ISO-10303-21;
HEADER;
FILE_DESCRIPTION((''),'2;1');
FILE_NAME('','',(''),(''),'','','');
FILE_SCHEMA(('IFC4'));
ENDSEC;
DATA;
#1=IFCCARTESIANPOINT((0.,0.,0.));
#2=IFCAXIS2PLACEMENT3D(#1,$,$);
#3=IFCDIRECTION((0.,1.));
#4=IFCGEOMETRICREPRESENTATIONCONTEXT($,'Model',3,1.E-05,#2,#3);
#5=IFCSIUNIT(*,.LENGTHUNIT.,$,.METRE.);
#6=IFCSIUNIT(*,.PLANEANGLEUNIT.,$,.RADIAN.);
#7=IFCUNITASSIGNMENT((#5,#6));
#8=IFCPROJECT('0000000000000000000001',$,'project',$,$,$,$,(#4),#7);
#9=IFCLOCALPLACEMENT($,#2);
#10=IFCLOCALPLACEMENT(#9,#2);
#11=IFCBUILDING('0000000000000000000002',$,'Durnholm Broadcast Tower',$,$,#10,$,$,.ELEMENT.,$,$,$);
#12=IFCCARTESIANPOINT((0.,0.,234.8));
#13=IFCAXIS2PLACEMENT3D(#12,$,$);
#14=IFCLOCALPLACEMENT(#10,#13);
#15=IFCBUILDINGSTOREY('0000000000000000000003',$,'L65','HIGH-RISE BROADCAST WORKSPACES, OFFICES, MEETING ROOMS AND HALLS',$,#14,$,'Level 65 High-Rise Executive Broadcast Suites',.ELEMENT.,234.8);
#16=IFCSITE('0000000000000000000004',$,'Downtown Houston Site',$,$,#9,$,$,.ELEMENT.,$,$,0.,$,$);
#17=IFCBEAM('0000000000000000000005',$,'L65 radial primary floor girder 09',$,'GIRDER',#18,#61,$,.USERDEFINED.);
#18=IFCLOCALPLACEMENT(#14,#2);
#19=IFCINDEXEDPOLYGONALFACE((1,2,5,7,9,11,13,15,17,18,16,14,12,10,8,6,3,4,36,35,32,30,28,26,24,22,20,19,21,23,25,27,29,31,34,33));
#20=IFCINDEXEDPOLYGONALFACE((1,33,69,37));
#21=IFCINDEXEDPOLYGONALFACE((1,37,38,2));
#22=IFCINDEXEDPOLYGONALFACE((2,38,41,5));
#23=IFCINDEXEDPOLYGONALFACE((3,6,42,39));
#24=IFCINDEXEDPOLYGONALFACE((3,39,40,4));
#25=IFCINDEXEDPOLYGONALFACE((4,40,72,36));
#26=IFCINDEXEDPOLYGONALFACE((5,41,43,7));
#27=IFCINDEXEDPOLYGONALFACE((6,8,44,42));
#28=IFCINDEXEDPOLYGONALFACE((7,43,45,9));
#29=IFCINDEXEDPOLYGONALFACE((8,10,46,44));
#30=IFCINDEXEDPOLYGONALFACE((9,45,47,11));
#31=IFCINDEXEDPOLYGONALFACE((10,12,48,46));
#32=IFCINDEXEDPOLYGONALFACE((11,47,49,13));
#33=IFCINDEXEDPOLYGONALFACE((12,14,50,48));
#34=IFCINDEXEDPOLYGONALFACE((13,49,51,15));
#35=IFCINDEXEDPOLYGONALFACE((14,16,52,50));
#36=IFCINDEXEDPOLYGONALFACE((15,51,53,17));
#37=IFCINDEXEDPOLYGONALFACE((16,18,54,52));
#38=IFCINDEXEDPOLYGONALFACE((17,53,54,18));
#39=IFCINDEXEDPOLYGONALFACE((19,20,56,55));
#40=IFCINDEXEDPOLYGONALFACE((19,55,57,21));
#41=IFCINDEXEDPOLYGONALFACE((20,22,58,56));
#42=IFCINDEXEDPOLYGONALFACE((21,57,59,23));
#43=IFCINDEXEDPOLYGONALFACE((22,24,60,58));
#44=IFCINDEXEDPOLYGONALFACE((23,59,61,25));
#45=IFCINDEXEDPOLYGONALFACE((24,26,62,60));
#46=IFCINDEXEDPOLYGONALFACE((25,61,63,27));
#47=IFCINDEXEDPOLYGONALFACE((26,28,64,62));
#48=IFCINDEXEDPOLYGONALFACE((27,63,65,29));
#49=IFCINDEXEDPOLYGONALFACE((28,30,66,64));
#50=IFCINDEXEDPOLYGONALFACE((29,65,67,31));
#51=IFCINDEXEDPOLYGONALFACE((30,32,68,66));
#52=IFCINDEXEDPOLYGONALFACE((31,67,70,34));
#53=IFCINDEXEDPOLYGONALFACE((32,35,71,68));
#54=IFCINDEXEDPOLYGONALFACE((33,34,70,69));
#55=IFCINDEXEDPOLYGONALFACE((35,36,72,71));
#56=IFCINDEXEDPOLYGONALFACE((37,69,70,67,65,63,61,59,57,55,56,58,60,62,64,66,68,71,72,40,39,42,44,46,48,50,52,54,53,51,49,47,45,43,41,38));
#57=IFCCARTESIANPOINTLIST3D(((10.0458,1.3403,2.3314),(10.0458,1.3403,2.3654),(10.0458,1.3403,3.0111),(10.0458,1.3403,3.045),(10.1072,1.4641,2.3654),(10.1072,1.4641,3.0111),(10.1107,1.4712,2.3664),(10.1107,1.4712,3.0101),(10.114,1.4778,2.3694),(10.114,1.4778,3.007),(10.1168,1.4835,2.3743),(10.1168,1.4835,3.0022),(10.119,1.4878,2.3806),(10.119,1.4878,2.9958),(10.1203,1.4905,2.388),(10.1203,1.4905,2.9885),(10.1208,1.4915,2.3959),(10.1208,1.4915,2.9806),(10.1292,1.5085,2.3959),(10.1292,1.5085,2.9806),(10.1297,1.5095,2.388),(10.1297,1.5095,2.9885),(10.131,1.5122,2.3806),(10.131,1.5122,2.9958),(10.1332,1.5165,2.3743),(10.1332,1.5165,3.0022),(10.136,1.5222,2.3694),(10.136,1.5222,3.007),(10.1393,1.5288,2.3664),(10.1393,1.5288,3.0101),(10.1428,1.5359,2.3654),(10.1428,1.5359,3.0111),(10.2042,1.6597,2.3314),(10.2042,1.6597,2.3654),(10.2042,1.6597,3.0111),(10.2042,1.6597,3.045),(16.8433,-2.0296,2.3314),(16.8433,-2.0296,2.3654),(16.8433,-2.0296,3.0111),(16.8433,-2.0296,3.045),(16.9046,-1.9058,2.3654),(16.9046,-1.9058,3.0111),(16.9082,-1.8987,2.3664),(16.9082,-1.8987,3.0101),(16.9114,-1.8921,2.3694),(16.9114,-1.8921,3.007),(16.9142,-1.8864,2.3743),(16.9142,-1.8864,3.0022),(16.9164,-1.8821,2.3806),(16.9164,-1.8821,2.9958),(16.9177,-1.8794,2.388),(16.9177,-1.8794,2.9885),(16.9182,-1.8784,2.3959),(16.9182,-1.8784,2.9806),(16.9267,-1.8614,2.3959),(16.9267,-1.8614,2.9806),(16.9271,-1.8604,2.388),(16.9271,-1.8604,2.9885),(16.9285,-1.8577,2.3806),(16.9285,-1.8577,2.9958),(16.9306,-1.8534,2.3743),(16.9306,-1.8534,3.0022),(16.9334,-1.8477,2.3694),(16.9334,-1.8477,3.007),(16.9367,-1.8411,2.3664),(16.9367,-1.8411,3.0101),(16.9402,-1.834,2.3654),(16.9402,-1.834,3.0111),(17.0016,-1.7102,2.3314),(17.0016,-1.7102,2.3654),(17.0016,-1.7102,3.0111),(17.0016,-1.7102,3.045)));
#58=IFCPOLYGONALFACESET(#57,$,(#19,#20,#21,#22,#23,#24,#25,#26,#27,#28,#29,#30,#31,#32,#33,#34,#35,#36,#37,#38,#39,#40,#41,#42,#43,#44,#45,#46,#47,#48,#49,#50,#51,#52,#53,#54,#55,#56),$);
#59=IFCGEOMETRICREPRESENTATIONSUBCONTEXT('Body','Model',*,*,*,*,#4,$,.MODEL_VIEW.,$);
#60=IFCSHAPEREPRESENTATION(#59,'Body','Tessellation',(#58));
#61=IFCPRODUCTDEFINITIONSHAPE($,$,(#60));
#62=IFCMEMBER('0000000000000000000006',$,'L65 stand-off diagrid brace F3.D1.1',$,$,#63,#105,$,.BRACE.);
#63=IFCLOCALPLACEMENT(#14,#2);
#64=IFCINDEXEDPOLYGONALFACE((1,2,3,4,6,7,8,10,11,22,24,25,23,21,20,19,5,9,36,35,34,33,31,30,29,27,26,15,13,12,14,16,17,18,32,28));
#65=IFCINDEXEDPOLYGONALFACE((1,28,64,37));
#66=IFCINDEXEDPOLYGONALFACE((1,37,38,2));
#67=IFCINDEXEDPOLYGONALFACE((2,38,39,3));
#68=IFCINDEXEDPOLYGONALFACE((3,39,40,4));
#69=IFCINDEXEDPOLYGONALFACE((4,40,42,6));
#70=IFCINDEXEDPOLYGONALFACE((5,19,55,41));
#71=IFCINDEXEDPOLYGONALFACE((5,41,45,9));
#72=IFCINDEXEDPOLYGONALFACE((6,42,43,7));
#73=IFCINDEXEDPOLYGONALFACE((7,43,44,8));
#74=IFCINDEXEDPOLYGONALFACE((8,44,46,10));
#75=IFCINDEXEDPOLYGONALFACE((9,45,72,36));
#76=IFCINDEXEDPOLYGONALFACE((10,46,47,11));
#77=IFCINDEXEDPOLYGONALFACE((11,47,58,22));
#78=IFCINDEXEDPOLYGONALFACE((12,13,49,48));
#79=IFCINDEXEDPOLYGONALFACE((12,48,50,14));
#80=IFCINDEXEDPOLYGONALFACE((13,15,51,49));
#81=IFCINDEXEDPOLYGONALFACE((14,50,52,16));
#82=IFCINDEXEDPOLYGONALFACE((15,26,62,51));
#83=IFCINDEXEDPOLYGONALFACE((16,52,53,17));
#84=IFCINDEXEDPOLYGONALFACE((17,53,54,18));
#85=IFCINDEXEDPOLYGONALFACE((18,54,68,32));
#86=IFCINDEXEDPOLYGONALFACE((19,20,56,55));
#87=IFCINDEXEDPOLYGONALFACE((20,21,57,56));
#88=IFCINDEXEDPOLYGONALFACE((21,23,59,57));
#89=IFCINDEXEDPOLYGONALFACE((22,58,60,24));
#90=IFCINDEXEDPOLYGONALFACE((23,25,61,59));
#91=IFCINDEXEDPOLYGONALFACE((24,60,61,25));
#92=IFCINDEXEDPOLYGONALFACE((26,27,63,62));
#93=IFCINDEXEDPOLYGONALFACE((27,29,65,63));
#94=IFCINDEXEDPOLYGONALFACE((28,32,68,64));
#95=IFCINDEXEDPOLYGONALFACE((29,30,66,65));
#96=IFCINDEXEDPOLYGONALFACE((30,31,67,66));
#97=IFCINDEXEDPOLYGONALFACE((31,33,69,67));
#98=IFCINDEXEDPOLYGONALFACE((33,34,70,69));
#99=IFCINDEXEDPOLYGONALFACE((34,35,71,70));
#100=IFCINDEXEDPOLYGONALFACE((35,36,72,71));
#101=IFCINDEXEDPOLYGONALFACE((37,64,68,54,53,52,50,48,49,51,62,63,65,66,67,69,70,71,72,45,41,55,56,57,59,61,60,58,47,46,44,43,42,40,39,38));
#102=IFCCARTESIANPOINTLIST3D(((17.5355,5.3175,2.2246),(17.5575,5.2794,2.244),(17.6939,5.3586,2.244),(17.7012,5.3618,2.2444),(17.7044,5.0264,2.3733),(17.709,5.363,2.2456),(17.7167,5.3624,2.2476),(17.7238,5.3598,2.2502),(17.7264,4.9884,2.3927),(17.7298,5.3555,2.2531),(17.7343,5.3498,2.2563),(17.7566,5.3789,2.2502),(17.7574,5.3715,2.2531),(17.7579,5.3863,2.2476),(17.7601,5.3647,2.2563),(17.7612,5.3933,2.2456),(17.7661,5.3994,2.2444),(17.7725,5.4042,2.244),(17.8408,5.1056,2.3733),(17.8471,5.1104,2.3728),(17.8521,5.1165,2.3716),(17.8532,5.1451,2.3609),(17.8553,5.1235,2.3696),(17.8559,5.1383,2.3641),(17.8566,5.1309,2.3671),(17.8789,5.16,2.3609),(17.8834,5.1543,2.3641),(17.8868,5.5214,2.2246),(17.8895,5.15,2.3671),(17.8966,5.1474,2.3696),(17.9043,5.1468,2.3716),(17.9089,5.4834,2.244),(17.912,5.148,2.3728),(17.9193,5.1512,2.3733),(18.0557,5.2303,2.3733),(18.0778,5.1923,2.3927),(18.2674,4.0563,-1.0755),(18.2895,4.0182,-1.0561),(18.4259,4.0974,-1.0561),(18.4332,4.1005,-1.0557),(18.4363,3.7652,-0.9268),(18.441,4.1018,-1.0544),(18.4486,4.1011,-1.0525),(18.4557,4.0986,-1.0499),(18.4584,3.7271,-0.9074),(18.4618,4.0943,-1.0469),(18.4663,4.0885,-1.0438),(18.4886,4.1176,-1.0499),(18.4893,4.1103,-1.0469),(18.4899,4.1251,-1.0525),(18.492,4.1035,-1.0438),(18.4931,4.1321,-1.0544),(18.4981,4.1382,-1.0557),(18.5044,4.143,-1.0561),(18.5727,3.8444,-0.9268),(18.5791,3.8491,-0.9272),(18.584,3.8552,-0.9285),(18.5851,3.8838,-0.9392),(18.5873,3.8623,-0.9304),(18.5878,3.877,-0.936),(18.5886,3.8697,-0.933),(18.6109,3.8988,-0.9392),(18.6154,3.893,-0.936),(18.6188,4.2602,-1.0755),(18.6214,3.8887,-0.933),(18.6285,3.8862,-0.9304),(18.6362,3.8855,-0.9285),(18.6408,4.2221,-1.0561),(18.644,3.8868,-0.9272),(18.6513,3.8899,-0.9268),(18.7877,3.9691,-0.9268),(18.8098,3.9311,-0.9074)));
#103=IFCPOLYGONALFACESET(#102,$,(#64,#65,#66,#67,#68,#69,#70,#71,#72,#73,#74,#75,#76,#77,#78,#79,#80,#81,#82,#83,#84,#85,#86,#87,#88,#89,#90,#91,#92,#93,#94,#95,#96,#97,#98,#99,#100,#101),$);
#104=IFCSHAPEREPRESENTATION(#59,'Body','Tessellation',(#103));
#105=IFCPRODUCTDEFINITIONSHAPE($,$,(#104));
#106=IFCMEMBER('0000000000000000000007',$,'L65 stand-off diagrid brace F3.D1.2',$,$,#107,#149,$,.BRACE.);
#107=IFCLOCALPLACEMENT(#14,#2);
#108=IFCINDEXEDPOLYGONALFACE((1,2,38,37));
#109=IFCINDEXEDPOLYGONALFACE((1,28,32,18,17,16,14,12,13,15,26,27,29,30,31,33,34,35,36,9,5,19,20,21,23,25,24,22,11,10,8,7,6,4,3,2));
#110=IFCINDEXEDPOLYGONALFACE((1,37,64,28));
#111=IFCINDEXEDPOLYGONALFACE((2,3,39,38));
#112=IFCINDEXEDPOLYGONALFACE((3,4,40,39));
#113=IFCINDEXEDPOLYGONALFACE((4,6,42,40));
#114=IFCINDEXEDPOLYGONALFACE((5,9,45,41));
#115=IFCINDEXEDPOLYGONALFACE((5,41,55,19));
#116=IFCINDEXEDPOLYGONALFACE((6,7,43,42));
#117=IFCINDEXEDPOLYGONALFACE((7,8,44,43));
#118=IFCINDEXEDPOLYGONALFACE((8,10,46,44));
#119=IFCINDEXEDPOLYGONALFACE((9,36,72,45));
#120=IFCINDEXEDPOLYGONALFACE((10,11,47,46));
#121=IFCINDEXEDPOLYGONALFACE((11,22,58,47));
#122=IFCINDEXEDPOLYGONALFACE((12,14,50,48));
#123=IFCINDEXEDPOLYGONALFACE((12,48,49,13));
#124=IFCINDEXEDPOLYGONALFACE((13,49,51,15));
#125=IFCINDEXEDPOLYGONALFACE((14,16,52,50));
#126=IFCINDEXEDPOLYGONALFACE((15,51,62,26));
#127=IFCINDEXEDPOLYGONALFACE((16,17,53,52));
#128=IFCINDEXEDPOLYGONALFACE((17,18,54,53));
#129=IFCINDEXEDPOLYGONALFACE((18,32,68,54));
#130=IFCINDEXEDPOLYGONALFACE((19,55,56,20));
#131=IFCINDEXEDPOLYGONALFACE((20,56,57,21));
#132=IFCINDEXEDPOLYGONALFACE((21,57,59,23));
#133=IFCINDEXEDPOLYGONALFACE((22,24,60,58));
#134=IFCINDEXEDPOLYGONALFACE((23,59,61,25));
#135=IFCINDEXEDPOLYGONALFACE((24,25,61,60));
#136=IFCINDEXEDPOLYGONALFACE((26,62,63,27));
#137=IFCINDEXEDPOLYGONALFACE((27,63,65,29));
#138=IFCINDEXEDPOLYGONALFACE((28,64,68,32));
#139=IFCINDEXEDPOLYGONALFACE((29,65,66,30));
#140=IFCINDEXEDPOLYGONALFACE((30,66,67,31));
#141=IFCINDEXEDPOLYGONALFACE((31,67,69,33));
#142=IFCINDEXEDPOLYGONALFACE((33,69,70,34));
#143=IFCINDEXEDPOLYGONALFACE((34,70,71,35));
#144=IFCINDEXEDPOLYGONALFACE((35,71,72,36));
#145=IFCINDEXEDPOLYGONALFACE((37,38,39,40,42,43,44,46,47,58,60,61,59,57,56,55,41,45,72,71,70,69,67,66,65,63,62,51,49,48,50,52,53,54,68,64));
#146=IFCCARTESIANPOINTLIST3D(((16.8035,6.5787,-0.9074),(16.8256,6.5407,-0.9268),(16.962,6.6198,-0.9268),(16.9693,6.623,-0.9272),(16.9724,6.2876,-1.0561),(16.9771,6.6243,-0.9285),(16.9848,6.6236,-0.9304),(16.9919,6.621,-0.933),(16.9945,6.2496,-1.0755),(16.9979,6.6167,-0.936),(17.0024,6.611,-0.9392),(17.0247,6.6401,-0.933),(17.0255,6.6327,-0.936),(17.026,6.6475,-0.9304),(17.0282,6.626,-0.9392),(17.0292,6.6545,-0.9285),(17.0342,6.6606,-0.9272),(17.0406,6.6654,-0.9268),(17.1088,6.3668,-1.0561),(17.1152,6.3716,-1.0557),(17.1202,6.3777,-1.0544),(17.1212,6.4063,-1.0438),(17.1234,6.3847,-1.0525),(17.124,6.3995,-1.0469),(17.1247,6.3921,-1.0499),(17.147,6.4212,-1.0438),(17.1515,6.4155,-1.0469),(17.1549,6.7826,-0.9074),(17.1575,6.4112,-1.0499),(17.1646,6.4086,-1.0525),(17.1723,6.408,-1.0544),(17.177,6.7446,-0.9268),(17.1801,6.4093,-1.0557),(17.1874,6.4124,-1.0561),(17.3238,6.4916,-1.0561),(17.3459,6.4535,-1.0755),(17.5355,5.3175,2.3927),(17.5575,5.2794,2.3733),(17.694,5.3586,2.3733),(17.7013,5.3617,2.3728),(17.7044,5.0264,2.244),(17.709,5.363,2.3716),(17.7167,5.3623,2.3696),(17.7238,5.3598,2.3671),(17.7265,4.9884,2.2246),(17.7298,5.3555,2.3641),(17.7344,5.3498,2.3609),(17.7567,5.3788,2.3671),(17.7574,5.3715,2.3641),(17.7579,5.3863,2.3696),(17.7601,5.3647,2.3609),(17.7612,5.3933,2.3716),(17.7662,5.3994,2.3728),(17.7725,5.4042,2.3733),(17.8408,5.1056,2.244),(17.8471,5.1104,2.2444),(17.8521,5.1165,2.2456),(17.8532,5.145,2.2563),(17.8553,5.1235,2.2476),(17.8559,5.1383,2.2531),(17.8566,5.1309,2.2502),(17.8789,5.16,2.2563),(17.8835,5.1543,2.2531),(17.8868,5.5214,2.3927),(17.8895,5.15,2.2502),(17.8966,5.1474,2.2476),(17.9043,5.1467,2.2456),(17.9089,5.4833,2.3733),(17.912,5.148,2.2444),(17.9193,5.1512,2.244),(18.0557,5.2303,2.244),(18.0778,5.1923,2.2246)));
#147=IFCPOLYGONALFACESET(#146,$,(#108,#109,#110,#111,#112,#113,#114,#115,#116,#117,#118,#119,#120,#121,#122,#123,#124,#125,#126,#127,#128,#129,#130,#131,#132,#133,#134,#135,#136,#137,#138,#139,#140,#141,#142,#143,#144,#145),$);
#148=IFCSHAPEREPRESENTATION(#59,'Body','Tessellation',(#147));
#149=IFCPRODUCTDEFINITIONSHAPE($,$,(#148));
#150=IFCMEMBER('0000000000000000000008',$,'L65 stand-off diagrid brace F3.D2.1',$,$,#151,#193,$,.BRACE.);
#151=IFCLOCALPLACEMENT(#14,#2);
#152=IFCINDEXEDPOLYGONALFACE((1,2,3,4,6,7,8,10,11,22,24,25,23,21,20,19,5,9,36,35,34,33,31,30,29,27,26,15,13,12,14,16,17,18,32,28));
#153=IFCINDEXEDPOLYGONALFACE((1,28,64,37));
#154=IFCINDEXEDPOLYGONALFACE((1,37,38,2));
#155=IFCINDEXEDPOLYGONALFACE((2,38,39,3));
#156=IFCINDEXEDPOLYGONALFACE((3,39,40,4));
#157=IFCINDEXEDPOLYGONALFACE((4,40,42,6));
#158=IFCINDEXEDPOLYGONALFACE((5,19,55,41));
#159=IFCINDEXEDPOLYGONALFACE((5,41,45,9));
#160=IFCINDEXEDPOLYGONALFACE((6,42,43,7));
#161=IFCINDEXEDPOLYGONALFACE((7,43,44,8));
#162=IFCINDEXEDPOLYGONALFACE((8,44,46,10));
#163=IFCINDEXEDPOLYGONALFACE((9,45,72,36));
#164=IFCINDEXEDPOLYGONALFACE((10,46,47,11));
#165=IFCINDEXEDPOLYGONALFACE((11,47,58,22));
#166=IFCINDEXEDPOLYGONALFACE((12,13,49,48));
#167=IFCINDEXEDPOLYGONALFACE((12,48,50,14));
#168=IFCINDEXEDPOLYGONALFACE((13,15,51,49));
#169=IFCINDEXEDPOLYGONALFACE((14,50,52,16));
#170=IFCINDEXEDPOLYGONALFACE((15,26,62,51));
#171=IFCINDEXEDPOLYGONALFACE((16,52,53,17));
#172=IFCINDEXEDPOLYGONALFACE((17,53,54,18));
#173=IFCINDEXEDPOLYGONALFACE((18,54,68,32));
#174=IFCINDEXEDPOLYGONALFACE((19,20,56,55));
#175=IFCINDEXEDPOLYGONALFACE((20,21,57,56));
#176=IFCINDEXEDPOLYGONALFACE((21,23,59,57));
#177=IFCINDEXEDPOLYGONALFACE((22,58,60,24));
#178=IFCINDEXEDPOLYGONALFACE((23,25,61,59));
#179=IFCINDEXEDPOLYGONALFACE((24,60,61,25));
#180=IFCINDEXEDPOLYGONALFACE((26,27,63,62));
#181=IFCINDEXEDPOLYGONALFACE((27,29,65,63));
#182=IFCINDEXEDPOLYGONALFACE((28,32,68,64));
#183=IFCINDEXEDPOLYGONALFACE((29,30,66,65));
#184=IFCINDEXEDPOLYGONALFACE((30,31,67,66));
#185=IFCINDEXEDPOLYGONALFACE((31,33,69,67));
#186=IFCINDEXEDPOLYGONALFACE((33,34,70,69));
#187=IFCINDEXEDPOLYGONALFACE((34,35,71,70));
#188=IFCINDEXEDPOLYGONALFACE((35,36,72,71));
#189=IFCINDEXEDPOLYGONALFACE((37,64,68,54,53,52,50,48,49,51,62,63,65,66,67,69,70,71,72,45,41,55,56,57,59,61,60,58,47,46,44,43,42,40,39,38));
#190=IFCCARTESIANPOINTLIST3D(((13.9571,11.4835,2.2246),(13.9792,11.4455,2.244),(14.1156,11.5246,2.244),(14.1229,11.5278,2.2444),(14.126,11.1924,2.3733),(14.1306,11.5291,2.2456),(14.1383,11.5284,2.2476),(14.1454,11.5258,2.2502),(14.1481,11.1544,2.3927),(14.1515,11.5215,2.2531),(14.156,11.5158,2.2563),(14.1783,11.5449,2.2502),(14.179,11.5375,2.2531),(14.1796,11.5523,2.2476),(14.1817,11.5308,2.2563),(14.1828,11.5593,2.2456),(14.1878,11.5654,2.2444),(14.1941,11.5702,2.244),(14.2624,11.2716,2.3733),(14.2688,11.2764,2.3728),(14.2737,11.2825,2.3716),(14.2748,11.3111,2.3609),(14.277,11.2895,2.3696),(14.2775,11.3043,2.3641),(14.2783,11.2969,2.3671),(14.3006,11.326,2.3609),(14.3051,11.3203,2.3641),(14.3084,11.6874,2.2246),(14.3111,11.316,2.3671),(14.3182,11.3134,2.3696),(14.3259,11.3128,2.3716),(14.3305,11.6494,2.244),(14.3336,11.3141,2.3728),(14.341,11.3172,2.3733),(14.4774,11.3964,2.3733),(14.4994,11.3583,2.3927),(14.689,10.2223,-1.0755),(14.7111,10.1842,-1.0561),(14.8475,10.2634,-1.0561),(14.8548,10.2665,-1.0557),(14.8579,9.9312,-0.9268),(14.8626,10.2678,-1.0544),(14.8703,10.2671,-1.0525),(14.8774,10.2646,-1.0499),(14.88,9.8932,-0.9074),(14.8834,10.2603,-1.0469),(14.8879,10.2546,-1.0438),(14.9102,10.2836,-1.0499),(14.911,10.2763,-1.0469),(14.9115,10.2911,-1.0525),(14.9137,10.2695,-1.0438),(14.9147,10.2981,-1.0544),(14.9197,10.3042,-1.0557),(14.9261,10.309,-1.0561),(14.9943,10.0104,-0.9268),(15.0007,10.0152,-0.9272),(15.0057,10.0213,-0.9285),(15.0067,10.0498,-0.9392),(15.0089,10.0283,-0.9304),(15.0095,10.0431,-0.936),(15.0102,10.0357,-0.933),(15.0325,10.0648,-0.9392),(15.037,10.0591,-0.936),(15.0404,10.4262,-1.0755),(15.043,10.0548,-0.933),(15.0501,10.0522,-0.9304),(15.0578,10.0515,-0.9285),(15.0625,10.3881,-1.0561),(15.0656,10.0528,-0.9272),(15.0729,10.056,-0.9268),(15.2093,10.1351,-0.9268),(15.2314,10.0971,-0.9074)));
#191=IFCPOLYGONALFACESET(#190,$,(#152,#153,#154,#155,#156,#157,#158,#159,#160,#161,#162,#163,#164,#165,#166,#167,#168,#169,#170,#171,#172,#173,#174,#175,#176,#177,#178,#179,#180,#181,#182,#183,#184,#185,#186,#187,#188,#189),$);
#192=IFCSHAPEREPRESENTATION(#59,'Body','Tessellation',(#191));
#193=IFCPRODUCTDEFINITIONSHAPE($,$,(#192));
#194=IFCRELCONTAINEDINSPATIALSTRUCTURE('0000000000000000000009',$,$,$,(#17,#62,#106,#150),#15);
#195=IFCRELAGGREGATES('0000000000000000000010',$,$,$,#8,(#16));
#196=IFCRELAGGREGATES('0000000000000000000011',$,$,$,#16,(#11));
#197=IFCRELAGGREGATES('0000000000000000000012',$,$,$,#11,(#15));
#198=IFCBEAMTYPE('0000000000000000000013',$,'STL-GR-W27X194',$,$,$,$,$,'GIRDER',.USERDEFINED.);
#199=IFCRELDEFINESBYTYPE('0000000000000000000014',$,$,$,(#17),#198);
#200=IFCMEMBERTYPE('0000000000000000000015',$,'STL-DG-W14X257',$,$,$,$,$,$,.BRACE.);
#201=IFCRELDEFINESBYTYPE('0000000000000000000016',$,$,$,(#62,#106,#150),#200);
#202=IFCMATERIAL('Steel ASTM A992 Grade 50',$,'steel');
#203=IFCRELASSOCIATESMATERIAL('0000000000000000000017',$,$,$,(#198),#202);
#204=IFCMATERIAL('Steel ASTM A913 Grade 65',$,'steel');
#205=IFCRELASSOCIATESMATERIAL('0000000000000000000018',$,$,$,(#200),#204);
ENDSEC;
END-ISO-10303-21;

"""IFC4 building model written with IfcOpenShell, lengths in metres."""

from ifc_helpers import new_model, si_unit, direction, frame, origin, origin_2d, place, context, subcontext, project, spatial, i_section, extrude, source, transform, mapped, material, material_profile, profile_set, type_object, type_shapes, element, save


model = new_model("IFC4")

# Units and contexts
model_context = context("Model", 3, precision=1e-05, world=origin(), true_north=direction((0.0, 1.0)))
body_context = subcontext(model_context, "Body", "Model", "MODEL_VIEW")
ifc_project = project(units=[si_unit("LENGTHUNIT", "METRE"), si_unit("PLANEANGLEUNIT", "RADIAN")], contexts=[model_context])

# Site, building, storey
site_placement = place(None, origin())
site = spatial("IfcSite", under=ifc_project, at=site_placement, Name="Downtown Houston Site", CompositionType="ELEMENT", RefElevation=0.0)
building_placement = place(site_placement, origin())
building = spatial("IfcBuilding", under=site, at=building_placement, Name="Durnholm Broadcast Tower", CompositionType="ELEMENT")
storey_placement = place(building_placement, frame((0.0, 0.0, 234.8)))
storey = spatial("IfcBuildingStorey", under=building, at=storey_placement, Name="L65", Description="HIGH-RISE BROADCAST WORKSPACES, OFFICES, MEETING ROOMS AND HALLS", LongName="Level 65 High-Rise Executive Broadcast Suites", CompositionType="ELEMENT", Elevation=234.8)

# Beam
ifc_material_1 = material(Name="Steel ASTM A992 Grade 50", Category="steel")
ifc_material_profile_1 = material_profile(ifc_material_1, i_section(OverallWidth=0.3564, OverallDepth=0.7136, WebThickness=0.019, FlangeThickness=0.0339, FilletRadius=0.0305, at=origin_2d()), Name="W27X194")
ifc_profile_set_1 = profile_set([ifc_material_profile_1], Name="Steel ASTM A992 Grade 50")
beam_type_1 = type_object("IfcBeamType", Name="STL-GR-W27X194", ElementType="GIRDER", PredefinedType="USERDEFINED", material=ifc_profile_set_1)
shared_shape_1 = source(origin(), body_context, "Body", "SweptSolid", [
    extrude(i_section(OverallWidth=0.3564, OverallDepth=0.7136, WebThickness=0.019, FlangeThickness=0.0339, FilletRadius=0.0305, at=origin_2d()), origin(), (0.0, 0.0, 1.0), 7.5869),
])
beam_1_placement = place(storey_placement, frame((10.125, 1.5, 2.6882), z_axis=(0.895941, -0.444173, 0.0), x_axis=(0.444173, 0.895941, 0.0)))
element("IfcBeam", 1, at=beam_1_placement, inside=storey, type_object=beam_type_1, Name="L65 radial primary floor girder 09", ObjectType="GIRDER", PredefinedType="USERDEFINED", context=body_context, shape_type="MappedRepresentation", body=[
    mapped(shared_shape_1, transform((0.0, 0.0, 0.0), x_axis=(1.0, 0.0, 0.0), y_axis=(0.0, 1.0, 0.0), z_axis=(0.0, 0.0, 1.0), scale=1.0)),
])

# Members
ifc_material_2 = material(Name="Steel ASTM A913 Grade 65", Category="steel")
ifc_material_profile_2 = material_profile(ifc_material_2, i_section(OverallWidth=0.4062, OverallDepth=0.416, WebThickness=0.0298, FlangeThickness=0.0481, FilletRadius=0.0305, at=origin_2d()), Name="W14X257")
ifc_profile_set_2 = profile_set([ifc_material_profile_2], Name="Steel ASTM A913 Grade 65")
member_type_1 = type_object("IfcMemberType", Name="STL-DG-W14X257", PredefinedType="BRACE", material=ifc_profile_set_2)
shared_shape_2 = source(origin(), body_context, "Body", "SweptSolid", [
    extrude(i_section(OverallWidth=0.4062, OverallDepth=0.416, WebThickness=0.0298, FlangeThickness=0.0481, FilletRadius=0.0305, at=origin_2d()), origin(), (0.0, 0.0, 1.0), 3.6079),
])
type_shapes(member_type_1, [shared_shape_2])
for number, where, z_axis, x_axis, name in (
    (2, (18.5386, 3.9937, -0.9915), (-0.202871, 0.349577, 0.91468), (-0.864906, -0.501934, 0.0), "L65 stand-off diagrid brace F3.D1.1"),
    (3, (17.0747, 6.5161, -0.9915), (0.202871, -0.349577, 0.91468), (0.864906, 0.501934, 0.0), "L65 stand-off diagrid brace F3.D1.2"),
    (4, (14.9602, 10.1597, -0.9915), (-0.202871, 0.349577, 0.91468), (-0.864906, -0.501934, 0.0), "L65 stand-off diagrid brace F3.D2.1"),
):
    element("IfcMember", number, at=place(storey_placement, frame(where, z_axis=z_axis, x_axis=x_axis)), inside=storey, type_object=member_type_1, Name=name, PredefinedType="BRACE", context=body_context, shape_type="MappedRepresentation", body=[
        mapped(shared_shape_2, transform((0.0, 0.0, 0.0), x_axis=(1.0, 0.0, 0.0), y_axis=(0.0, 1.0, 0.0), z_axis=(0.0, 0.0, 1.0), scale=1.0)),
    ])

save(model, "model.ifc")
